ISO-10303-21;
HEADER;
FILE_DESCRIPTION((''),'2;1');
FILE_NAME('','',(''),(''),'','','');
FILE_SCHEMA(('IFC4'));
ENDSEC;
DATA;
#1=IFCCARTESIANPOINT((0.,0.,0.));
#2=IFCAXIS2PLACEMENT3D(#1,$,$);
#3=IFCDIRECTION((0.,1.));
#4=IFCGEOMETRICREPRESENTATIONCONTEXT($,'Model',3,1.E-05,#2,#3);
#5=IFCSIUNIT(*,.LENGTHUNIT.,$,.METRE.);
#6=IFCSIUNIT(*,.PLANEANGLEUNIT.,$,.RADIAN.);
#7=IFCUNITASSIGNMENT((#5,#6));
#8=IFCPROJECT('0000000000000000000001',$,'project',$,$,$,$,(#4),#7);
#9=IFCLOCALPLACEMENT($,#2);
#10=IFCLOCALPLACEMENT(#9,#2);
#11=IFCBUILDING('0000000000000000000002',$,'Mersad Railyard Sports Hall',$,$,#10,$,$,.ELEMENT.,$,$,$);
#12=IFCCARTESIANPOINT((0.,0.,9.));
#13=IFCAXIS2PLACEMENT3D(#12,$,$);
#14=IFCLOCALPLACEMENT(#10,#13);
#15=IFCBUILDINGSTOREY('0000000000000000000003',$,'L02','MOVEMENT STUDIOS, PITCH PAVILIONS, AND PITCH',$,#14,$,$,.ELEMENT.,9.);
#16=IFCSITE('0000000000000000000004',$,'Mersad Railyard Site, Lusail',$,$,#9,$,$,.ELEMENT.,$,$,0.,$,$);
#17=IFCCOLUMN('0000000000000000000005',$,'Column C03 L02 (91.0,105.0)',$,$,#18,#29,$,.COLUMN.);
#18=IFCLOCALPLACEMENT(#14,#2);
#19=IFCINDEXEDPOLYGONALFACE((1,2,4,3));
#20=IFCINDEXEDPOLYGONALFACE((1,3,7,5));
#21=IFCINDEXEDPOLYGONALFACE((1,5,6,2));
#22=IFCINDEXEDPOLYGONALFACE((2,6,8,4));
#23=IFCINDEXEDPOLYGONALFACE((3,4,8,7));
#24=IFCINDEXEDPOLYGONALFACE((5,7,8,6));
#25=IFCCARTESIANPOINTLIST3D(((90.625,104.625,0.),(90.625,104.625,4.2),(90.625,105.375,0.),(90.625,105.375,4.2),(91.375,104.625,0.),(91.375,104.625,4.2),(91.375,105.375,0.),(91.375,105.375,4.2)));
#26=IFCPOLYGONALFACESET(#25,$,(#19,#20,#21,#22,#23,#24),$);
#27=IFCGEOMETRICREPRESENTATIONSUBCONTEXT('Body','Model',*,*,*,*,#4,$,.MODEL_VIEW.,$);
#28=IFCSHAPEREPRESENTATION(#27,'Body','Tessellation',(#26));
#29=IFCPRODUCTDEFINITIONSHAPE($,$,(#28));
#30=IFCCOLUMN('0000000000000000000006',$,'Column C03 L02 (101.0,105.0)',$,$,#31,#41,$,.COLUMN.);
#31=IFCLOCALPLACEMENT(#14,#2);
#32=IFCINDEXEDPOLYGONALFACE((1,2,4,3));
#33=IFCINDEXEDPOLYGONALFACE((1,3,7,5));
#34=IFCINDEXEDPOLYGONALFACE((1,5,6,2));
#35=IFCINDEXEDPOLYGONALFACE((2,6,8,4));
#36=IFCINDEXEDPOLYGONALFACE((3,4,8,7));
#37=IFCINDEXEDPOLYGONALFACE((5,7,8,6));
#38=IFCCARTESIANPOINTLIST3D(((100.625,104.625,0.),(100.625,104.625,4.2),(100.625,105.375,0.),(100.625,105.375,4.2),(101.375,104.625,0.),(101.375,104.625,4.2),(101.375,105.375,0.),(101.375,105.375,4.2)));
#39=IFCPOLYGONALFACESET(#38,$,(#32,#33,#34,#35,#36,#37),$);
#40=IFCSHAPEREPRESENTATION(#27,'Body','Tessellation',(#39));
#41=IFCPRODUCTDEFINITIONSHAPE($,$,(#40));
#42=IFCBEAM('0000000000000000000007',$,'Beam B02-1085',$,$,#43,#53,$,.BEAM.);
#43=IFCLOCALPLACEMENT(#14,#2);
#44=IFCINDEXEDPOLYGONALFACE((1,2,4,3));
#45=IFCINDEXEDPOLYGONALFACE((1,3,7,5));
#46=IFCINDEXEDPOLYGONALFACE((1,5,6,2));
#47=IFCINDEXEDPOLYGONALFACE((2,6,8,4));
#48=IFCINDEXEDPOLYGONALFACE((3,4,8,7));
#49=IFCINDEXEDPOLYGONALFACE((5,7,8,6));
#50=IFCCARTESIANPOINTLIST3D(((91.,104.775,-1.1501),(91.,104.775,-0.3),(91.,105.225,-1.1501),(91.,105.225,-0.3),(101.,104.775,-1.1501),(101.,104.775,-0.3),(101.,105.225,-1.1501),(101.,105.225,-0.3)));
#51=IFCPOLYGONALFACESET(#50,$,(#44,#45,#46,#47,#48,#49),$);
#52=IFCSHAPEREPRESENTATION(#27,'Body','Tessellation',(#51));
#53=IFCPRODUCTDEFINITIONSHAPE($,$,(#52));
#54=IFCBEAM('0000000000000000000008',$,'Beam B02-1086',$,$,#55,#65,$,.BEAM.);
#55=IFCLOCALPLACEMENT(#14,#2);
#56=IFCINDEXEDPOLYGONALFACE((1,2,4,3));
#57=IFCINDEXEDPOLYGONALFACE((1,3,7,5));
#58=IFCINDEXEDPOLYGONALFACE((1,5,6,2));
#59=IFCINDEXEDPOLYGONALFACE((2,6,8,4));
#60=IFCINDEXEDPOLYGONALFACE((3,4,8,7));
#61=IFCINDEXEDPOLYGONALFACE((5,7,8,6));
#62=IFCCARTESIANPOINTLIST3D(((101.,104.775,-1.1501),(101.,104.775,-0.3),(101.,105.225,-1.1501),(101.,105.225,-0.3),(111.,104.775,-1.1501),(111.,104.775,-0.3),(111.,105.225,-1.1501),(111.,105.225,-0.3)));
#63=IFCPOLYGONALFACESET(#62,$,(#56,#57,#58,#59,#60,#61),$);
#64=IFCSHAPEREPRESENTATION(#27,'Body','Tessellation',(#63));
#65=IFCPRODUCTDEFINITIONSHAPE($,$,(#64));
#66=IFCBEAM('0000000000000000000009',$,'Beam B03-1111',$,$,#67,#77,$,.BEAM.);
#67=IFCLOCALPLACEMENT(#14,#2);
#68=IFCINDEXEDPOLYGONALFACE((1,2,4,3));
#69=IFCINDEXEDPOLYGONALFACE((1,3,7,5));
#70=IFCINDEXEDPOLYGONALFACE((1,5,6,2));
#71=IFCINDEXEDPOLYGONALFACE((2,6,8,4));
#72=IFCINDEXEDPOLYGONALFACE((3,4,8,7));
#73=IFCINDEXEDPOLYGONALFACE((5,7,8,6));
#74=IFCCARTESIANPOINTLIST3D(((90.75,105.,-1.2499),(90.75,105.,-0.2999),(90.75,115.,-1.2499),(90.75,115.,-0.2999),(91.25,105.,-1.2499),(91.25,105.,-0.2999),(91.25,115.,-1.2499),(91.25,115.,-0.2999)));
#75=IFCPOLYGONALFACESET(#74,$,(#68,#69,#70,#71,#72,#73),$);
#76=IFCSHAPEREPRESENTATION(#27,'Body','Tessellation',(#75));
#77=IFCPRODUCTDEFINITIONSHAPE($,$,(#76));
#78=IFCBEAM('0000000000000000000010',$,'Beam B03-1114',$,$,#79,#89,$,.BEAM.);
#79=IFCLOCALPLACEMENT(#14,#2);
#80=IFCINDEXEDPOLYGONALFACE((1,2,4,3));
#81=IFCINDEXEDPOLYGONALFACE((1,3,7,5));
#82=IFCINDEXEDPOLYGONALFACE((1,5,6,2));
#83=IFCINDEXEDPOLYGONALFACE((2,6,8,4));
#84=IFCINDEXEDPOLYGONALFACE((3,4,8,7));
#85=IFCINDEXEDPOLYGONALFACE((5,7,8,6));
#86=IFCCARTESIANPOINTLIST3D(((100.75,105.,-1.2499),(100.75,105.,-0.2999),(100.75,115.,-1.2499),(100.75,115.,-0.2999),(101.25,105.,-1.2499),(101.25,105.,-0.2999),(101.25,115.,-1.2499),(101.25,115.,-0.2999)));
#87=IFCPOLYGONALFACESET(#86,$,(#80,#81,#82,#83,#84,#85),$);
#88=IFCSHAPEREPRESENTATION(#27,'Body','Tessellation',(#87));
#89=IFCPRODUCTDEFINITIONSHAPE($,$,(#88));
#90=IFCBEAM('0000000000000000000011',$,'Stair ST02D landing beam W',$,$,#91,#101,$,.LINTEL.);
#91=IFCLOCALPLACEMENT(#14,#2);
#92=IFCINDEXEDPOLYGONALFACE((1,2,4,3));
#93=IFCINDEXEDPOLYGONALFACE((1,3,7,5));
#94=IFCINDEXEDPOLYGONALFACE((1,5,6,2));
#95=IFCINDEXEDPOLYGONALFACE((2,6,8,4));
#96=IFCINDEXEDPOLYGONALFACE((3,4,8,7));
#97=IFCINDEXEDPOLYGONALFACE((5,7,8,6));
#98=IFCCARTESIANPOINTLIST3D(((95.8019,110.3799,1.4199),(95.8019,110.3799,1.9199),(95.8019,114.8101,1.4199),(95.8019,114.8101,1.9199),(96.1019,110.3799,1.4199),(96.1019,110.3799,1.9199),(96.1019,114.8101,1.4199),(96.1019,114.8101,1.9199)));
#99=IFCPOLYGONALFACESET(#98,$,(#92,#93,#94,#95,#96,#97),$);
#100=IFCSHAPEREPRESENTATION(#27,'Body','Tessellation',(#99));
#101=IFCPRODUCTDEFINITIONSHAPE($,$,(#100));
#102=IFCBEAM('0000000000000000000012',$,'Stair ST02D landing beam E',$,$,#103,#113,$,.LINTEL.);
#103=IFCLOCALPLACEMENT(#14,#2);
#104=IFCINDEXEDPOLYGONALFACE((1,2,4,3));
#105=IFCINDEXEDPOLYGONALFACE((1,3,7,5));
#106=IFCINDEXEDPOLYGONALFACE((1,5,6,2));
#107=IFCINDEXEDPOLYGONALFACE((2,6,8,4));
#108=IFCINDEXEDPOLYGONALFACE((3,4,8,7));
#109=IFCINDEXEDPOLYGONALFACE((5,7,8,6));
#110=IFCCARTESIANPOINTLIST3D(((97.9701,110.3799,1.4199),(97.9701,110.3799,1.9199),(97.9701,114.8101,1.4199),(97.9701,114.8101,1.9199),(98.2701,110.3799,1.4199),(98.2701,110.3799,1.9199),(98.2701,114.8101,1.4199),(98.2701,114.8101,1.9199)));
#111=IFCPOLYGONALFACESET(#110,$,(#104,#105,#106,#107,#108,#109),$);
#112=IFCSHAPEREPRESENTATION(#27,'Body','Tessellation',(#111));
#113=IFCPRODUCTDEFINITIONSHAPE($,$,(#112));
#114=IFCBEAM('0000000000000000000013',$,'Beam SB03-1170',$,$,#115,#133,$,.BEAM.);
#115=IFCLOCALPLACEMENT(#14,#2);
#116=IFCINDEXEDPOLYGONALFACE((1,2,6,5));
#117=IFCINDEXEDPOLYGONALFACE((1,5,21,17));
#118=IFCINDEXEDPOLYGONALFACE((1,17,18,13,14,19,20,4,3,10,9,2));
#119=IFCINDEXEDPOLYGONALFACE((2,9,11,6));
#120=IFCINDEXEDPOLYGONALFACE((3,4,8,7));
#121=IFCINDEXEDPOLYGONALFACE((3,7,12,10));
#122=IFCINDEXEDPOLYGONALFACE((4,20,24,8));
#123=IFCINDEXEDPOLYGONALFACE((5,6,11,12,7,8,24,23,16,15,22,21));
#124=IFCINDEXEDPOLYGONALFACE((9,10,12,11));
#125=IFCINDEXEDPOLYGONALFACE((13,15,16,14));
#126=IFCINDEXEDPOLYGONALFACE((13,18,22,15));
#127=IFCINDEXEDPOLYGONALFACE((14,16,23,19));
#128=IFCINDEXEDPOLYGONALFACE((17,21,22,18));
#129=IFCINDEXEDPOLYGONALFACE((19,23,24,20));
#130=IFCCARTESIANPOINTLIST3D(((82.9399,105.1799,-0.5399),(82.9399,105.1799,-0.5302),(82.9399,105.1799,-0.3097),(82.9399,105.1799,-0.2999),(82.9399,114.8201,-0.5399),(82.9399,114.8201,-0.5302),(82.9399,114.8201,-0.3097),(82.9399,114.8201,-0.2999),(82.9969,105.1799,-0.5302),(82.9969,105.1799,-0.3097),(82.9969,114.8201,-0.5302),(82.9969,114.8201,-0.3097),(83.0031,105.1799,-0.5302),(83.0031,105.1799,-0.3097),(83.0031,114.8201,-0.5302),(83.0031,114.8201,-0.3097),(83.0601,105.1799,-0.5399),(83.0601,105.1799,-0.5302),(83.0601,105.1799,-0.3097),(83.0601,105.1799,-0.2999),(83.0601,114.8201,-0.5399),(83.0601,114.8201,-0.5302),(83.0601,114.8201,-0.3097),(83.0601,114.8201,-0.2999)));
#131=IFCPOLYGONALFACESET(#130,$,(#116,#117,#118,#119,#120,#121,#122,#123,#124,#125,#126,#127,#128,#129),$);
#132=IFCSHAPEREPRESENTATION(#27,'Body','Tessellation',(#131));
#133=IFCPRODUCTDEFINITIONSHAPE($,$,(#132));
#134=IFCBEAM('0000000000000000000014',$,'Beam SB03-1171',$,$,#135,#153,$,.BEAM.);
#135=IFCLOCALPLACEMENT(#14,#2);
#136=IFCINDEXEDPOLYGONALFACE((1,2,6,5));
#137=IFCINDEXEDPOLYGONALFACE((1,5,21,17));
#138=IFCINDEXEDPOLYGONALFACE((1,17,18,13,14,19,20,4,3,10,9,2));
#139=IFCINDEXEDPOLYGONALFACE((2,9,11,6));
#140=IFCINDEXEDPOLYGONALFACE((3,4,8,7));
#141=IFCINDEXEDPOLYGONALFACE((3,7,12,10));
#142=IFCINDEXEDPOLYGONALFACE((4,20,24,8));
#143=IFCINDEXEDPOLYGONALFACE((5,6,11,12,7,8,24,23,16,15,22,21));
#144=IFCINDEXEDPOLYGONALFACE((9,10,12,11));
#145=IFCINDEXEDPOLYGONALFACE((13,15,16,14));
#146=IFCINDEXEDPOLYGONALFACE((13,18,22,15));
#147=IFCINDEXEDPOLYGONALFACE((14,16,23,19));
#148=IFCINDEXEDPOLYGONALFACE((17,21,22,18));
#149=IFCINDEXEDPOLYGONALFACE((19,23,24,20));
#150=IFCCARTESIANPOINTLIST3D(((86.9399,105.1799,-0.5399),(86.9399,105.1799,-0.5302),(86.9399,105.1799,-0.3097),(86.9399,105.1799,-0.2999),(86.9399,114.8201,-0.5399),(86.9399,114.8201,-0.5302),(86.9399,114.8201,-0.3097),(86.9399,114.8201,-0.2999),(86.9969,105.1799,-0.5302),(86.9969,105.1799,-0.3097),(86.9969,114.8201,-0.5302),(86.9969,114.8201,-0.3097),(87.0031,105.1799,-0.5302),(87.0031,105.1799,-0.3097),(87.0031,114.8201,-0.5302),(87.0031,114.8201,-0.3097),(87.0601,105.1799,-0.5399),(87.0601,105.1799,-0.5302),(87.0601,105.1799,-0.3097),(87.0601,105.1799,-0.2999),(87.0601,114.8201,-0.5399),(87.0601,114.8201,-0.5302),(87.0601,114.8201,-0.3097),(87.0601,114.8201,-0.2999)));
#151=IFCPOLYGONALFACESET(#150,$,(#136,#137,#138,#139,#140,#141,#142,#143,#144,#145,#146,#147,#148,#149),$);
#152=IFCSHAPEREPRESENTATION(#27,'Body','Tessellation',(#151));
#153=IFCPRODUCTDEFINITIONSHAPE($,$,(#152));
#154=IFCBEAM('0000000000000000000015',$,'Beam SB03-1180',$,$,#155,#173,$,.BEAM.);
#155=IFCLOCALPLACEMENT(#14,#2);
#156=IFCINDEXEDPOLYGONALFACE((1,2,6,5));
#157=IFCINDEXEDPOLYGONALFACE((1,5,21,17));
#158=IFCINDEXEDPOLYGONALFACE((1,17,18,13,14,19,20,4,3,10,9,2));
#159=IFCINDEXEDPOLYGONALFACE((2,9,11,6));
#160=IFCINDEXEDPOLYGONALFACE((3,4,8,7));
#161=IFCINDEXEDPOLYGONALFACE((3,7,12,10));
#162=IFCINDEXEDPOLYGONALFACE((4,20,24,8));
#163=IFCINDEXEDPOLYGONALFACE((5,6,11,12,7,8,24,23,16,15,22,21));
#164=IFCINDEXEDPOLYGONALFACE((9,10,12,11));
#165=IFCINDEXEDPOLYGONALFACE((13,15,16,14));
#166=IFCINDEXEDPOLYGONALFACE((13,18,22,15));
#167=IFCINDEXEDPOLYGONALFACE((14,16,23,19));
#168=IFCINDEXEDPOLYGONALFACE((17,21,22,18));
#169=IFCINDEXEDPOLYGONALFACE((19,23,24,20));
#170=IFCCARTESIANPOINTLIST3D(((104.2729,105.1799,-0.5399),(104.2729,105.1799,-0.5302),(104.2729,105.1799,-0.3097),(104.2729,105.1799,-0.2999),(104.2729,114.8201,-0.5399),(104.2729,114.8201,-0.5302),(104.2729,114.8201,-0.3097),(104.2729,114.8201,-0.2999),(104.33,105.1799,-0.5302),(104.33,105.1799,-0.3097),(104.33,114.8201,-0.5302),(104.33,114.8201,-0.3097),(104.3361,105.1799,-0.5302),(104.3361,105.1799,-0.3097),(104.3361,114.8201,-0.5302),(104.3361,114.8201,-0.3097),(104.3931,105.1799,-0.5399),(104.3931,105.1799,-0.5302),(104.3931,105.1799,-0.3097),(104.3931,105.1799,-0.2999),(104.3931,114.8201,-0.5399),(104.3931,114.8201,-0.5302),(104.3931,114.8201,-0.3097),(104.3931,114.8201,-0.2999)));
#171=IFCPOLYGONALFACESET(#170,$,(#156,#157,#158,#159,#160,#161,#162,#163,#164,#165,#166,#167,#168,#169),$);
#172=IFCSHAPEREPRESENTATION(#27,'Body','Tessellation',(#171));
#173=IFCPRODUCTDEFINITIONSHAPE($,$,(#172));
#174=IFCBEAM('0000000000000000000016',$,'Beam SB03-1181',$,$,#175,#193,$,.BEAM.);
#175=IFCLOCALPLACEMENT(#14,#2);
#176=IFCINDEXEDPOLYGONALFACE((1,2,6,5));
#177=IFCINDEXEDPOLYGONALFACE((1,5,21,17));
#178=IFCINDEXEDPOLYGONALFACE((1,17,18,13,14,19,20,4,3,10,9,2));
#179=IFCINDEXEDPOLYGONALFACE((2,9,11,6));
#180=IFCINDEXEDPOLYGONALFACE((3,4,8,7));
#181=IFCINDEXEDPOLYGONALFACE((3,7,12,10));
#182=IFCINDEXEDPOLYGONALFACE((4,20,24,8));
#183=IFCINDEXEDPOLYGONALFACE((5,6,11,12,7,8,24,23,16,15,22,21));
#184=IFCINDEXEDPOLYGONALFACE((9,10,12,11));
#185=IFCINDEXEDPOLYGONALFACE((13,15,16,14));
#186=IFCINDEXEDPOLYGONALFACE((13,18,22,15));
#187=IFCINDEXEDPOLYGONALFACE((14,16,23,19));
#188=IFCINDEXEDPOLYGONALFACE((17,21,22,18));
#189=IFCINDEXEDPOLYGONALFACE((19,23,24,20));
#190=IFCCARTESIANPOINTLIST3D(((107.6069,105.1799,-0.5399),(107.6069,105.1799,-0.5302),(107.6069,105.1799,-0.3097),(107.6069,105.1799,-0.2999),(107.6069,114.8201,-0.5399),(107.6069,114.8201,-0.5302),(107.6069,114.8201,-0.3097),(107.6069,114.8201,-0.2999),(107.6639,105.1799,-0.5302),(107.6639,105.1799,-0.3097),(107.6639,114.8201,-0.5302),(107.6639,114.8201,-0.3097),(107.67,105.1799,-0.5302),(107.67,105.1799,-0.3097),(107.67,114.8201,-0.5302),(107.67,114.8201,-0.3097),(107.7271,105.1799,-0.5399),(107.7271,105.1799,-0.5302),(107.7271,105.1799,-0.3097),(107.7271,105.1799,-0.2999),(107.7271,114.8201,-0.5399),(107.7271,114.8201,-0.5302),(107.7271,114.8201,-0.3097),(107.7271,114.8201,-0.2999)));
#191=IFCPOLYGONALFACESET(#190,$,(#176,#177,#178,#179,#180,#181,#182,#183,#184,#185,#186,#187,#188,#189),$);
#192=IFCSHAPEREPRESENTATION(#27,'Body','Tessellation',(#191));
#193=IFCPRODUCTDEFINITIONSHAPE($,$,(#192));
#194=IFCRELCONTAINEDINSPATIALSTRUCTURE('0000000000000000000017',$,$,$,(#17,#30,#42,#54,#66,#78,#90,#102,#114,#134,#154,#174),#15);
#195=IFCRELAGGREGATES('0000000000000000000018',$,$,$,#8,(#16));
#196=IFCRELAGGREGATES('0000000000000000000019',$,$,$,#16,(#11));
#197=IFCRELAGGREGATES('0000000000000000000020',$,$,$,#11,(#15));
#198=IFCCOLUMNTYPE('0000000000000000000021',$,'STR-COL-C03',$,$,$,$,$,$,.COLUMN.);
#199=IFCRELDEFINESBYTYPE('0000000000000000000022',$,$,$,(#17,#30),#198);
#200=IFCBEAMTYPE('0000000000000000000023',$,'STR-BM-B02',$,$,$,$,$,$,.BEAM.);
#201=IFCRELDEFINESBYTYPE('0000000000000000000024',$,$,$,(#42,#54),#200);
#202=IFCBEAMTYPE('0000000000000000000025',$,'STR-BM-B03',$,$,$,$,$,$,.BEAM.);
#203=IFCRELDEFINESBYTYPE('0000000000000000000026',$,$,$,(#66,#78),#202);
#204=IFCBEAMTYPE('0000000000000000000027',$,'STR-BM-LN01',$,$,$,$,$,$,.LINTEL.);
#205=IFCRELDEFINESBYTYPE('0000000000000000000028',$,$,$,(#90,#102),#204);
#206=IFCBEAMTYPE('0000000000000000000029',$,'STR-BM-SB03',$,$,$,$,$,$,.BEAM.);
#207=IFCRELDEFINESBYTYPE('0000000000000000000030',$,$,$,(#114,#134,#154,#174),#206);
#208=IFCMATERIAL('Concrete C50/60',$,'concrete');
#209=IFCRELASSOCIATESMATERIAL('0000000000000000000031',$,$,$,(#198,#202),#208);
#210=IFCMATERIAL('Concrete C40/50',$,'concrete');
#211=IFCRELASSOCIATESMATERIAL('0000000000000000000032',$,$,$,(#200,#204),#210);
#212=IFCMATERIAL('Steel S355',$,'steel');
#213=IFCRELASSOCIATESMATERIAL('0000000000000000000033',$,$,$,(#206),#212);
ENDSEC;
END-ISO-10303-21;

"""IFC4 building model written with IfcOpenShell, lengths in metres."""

from ifc_helpers import new_model, si_unit, direction, frame, origin, origin_2d, place, context, subcontext, project, spatial, rectangle, i_section, extrude, material, material_profile, profile_set, type_object, element, save


model = new_model("IFC4")

# Units and contexts
model_context = context("Model", 3, precision=1e-05, world=origin(), true_north=direction((0.0, 1.0)))
body_context = subcontext(model_context, "Body", "Model", "MODEL_VIEW")
ifc_project = project(units=[si_unit("LENGTHUNIT", "METRE"), si_unit("PLANEANGLEUNIT", "RADIAN")], contexts=[model_context])

# Site, building, storey
site_placement = place(None, origin())
site = spatial("IfcSite", under=ifc_project, at=site_placement, Name="Mersad Railyard Site, Lusail", CompositionType="ELEMENT", RefElevation=0.0)
building_placement = place(site_placement, origin())
building = spatial("IfcBuilding", under=site, at=building_placement, Name="Mersad Railyard Sports Hall", CompositionType="ELEMENT")
storey_placement = place(building_placement, frame((0.0, 0.0, 9.0)))
storey = spatial("IfcBuildingStorey", under=building, at=storey_placement, Name="L02", Description="MOVEMENT STUDIOS, PITCH PAVILIONS, AND PITCH", CompositionType="ELEMENT", Elevation=9.0)

# Columns
ifc_material_1 = material(Name="Concrete C50/60", Category="concrete")
ifc_material_profile_1 = material_profile(ifc_material_1, rectangle(XDim=0.75, YDim=0.75, at=origin_2d()), Name="RC 750x750")
ifc_profile_set_1 = profile_set([ifc_material_profile_1], Name="Concrete C50/60")
column_type = type_object("IfcColumnType", Name="STR-COL-C03", PredefinedType="COLUMN", material=ifc_profile_set_1)
for number, where, z_axis, x_axis, name in (
    (1, (91.0, 105.0, 0.0), (0.0, 0.0, 1.0), (1.0, 0.0, 0.0), "Column C03 L02 (91.0,105.0)"),
    (2, (101.0, 105.0, 0.0), (0.0, 0.0, 1.0), (1.0, 0.0, 0.0), "Column C03 L02 (101.0,105.0)"),
):
    element("IfcColumn", number, at=place(storey_placement, frame(where, z_axis=z_axis, x_axis=x_axis)), inside=storey, type_object=column_type, Name=name, PredefinedType="COLUMN", context=body_context, shape_type="SweptSolid", body=[
        extrude(rectangle(XDim=0.75, YDim=0.75, at=origin_2d()), origin(), (0.0, 0.0, 1.0), 4.2),
    ])

# Beams
ifc_material_2 = material(Name="Concrete C40/50", Category="concrete")
ifc_material_profile_2 = material_profile(ifc_material_2, rectangle(XDim=0.45, YDim=0.8501, at=origin_2d()), Name="RC 450x850")
ifc_profile_set_2 = profile_set([ifc_material_profile_2], Name="Concrete C40/50")
beam_type_1 = type_object("IfcBeamType", Name="STR-BM-B02", PredefinedType="BEAM", material=ifc_profile_set_2)
for number, where, z_axis, x_axis, name in (
    (3, (91.0, 105.0, -0.7251), (1.0, 0.0, 0.0), (0.0, 1.0, 0.0), "Beam B02-1085"),
    (4, (101.0, 105.0, -0.7251), (1.0, 0.0, 0.0), (0.0, 1.0, 0.0), "Beam B02-1086"),
):
    element("IfcBeam", number, at=place(storey_placement, frame(where, z_axis=z_axis, x_axis=x_axis)), inside=storey, type_object=beam_type_1, Name=name, PredefinedType="BEAM", context=body_context, shape_type="SweptSolid", body=[
        extrude(rectangle(XDim=0.45, YDim=0.8501, at=origin_2d()), origin(), (0.0, 0.0, 1.0), 10.0),
    ])
ifc_material_profile_3 = material_profile(ifc_material_1, rectangle(XDim=0.5, YDim=0.95, at=origin_2d()), Name="RC 500x950")
ifc_profile_set_3 = profile_set([ifc_material_profile_3], Name="Concrete C50/60")
beam_type_2 = type_object("IfcBeamType", Name="STR-BM-B03", PredefinedType="BEAM", material=ifc_profile_set_3)
for number, where, z_axis, x_axis, name in (
    (5, (91.0, 105.0, -0.7749), (0.0, 1.0, 0.0), (-1.0, 0.0, 0.0), "Beam B03-1111"),
    (6, (101.0, 105.0, -0.7749), (0.0, 1.0, 0.0), (-1.0, 0.0, 0.0), "Beam B03-1114"),
):
    element("IfcBeam", number, at=place(storey_placement, frame(where, z_axis=z_axis, x_axis=x_axis)), inside=storey, type_object=beam_type_2, Name=name, PredefinedType="BEAM", context=body_context, shape_type="SweptSolid", body=[
        extrude(rectangle(XDim=0.5, YDim=0.95, at=origin_2d()), origin(), (0.0, 0.0, 1.0), 10.0),
    ])
ifc_material_profile_4 = material_profile(ifc_material_2, rectangle(XDim=0.3, YDim=0.5, at=origin_2d()), Name="RC 300x500")
ifc_profile_set_4 = profile_set([ifc_material_profile_4], Name="Concrete C40/50")
beam_type_3 = type_object("IfcBeamType", Name="STR-BM-LN01", PredefinedType="LINTEL", material=ifc_profile_set_4)
for number, where, z_axis, x_axis, name in (
    (7, (95.9519, 110.3799, 1.6699), (0.0, 1.0, 0.0), (-1.0, 0.0, 0.0), "Stair ST02D landing beam W"),
    (8, (98.1201, 110.3799, 1.6699), (0.0, 1.0, 0.0), (-1.0, 0.0, 0.0), "Stair ST02D landing beam E"),
):
    element("IfcBeam", number, at=place(storey_placement, frame(where, z_axis=z_axis, x_axis=x_axis)), inside=storey, type_object=beam_type_3, Name=name, PredefinedType="LINTEL", context=body_context, shape_type="SweptSolid", body=[
        extrude(rectangle(XDim=0.3, YDim=0.5, at=origin_2d()), origin(), (0.0, 0.0, 1.0), 4.4302),
    ])
ifc_material_3 = material(Name="Steel S355", Category="steel")
ifc_material_profile_5 = material_profile(ifc_material_3, i_section(OverallWidth=0.1201, OverallDepth=0.24, WebThickness=0.0061, FlangeThickness=0.0098, at=origin_2d()), Name="IPE 240")
ifc_profile_set_5 = profile_set([ifc_material_profile_5], Name="Steel S355")
beam_type_4 = type_object("IfcBeamType", Name="STR-BM-SB03", PredefinedType="BEAM", material=ifc_profile_set_5)
for number, where, z_axis, x_axis, name in (
    (9, (83.0, 105.1799, -0.4199), (0.0, 1.0, 0.0), (-1.0, 0.0, 0.0), "Beam SB03-1170"),
    (10, (87.0, 105.1799, -0.4199), (0.0, 1.0, 0.0), (-1.0, 0.0, 0.0), "Beam SB03-1171"),
    (11, (104.333, 105.1799, -0.4199), (0.0, 1.0, 0.0), (-1.0, 0.0, 0.0), "Beam SB03-1180"),
    (12, (107.667, 105.1799, -0.4199), (0.0, 1.0, 0.0), (-1.0, 0.0, 0.0), "Beam SB03-1181"),
):
    element("IfcBeam", number, at=place(storey_placement, frame(where, z_axis=z_axis, x_axis=x_axis)), inside=storey, type_object=beam_type_4, Name=name, PredefinedType="BEAM", context=body_context, shape_type="SweptSolid", body=[
        extrude(i_section(OverallWidth=0.1201, OverallDepth=0.24, WebThickness=0.0061, FlangeThickness=0.0098, at=origin_2d()), origin(), (0.0, 0.0, 1.0), 9.6401),
    ])

save(model, "model.ifc")
